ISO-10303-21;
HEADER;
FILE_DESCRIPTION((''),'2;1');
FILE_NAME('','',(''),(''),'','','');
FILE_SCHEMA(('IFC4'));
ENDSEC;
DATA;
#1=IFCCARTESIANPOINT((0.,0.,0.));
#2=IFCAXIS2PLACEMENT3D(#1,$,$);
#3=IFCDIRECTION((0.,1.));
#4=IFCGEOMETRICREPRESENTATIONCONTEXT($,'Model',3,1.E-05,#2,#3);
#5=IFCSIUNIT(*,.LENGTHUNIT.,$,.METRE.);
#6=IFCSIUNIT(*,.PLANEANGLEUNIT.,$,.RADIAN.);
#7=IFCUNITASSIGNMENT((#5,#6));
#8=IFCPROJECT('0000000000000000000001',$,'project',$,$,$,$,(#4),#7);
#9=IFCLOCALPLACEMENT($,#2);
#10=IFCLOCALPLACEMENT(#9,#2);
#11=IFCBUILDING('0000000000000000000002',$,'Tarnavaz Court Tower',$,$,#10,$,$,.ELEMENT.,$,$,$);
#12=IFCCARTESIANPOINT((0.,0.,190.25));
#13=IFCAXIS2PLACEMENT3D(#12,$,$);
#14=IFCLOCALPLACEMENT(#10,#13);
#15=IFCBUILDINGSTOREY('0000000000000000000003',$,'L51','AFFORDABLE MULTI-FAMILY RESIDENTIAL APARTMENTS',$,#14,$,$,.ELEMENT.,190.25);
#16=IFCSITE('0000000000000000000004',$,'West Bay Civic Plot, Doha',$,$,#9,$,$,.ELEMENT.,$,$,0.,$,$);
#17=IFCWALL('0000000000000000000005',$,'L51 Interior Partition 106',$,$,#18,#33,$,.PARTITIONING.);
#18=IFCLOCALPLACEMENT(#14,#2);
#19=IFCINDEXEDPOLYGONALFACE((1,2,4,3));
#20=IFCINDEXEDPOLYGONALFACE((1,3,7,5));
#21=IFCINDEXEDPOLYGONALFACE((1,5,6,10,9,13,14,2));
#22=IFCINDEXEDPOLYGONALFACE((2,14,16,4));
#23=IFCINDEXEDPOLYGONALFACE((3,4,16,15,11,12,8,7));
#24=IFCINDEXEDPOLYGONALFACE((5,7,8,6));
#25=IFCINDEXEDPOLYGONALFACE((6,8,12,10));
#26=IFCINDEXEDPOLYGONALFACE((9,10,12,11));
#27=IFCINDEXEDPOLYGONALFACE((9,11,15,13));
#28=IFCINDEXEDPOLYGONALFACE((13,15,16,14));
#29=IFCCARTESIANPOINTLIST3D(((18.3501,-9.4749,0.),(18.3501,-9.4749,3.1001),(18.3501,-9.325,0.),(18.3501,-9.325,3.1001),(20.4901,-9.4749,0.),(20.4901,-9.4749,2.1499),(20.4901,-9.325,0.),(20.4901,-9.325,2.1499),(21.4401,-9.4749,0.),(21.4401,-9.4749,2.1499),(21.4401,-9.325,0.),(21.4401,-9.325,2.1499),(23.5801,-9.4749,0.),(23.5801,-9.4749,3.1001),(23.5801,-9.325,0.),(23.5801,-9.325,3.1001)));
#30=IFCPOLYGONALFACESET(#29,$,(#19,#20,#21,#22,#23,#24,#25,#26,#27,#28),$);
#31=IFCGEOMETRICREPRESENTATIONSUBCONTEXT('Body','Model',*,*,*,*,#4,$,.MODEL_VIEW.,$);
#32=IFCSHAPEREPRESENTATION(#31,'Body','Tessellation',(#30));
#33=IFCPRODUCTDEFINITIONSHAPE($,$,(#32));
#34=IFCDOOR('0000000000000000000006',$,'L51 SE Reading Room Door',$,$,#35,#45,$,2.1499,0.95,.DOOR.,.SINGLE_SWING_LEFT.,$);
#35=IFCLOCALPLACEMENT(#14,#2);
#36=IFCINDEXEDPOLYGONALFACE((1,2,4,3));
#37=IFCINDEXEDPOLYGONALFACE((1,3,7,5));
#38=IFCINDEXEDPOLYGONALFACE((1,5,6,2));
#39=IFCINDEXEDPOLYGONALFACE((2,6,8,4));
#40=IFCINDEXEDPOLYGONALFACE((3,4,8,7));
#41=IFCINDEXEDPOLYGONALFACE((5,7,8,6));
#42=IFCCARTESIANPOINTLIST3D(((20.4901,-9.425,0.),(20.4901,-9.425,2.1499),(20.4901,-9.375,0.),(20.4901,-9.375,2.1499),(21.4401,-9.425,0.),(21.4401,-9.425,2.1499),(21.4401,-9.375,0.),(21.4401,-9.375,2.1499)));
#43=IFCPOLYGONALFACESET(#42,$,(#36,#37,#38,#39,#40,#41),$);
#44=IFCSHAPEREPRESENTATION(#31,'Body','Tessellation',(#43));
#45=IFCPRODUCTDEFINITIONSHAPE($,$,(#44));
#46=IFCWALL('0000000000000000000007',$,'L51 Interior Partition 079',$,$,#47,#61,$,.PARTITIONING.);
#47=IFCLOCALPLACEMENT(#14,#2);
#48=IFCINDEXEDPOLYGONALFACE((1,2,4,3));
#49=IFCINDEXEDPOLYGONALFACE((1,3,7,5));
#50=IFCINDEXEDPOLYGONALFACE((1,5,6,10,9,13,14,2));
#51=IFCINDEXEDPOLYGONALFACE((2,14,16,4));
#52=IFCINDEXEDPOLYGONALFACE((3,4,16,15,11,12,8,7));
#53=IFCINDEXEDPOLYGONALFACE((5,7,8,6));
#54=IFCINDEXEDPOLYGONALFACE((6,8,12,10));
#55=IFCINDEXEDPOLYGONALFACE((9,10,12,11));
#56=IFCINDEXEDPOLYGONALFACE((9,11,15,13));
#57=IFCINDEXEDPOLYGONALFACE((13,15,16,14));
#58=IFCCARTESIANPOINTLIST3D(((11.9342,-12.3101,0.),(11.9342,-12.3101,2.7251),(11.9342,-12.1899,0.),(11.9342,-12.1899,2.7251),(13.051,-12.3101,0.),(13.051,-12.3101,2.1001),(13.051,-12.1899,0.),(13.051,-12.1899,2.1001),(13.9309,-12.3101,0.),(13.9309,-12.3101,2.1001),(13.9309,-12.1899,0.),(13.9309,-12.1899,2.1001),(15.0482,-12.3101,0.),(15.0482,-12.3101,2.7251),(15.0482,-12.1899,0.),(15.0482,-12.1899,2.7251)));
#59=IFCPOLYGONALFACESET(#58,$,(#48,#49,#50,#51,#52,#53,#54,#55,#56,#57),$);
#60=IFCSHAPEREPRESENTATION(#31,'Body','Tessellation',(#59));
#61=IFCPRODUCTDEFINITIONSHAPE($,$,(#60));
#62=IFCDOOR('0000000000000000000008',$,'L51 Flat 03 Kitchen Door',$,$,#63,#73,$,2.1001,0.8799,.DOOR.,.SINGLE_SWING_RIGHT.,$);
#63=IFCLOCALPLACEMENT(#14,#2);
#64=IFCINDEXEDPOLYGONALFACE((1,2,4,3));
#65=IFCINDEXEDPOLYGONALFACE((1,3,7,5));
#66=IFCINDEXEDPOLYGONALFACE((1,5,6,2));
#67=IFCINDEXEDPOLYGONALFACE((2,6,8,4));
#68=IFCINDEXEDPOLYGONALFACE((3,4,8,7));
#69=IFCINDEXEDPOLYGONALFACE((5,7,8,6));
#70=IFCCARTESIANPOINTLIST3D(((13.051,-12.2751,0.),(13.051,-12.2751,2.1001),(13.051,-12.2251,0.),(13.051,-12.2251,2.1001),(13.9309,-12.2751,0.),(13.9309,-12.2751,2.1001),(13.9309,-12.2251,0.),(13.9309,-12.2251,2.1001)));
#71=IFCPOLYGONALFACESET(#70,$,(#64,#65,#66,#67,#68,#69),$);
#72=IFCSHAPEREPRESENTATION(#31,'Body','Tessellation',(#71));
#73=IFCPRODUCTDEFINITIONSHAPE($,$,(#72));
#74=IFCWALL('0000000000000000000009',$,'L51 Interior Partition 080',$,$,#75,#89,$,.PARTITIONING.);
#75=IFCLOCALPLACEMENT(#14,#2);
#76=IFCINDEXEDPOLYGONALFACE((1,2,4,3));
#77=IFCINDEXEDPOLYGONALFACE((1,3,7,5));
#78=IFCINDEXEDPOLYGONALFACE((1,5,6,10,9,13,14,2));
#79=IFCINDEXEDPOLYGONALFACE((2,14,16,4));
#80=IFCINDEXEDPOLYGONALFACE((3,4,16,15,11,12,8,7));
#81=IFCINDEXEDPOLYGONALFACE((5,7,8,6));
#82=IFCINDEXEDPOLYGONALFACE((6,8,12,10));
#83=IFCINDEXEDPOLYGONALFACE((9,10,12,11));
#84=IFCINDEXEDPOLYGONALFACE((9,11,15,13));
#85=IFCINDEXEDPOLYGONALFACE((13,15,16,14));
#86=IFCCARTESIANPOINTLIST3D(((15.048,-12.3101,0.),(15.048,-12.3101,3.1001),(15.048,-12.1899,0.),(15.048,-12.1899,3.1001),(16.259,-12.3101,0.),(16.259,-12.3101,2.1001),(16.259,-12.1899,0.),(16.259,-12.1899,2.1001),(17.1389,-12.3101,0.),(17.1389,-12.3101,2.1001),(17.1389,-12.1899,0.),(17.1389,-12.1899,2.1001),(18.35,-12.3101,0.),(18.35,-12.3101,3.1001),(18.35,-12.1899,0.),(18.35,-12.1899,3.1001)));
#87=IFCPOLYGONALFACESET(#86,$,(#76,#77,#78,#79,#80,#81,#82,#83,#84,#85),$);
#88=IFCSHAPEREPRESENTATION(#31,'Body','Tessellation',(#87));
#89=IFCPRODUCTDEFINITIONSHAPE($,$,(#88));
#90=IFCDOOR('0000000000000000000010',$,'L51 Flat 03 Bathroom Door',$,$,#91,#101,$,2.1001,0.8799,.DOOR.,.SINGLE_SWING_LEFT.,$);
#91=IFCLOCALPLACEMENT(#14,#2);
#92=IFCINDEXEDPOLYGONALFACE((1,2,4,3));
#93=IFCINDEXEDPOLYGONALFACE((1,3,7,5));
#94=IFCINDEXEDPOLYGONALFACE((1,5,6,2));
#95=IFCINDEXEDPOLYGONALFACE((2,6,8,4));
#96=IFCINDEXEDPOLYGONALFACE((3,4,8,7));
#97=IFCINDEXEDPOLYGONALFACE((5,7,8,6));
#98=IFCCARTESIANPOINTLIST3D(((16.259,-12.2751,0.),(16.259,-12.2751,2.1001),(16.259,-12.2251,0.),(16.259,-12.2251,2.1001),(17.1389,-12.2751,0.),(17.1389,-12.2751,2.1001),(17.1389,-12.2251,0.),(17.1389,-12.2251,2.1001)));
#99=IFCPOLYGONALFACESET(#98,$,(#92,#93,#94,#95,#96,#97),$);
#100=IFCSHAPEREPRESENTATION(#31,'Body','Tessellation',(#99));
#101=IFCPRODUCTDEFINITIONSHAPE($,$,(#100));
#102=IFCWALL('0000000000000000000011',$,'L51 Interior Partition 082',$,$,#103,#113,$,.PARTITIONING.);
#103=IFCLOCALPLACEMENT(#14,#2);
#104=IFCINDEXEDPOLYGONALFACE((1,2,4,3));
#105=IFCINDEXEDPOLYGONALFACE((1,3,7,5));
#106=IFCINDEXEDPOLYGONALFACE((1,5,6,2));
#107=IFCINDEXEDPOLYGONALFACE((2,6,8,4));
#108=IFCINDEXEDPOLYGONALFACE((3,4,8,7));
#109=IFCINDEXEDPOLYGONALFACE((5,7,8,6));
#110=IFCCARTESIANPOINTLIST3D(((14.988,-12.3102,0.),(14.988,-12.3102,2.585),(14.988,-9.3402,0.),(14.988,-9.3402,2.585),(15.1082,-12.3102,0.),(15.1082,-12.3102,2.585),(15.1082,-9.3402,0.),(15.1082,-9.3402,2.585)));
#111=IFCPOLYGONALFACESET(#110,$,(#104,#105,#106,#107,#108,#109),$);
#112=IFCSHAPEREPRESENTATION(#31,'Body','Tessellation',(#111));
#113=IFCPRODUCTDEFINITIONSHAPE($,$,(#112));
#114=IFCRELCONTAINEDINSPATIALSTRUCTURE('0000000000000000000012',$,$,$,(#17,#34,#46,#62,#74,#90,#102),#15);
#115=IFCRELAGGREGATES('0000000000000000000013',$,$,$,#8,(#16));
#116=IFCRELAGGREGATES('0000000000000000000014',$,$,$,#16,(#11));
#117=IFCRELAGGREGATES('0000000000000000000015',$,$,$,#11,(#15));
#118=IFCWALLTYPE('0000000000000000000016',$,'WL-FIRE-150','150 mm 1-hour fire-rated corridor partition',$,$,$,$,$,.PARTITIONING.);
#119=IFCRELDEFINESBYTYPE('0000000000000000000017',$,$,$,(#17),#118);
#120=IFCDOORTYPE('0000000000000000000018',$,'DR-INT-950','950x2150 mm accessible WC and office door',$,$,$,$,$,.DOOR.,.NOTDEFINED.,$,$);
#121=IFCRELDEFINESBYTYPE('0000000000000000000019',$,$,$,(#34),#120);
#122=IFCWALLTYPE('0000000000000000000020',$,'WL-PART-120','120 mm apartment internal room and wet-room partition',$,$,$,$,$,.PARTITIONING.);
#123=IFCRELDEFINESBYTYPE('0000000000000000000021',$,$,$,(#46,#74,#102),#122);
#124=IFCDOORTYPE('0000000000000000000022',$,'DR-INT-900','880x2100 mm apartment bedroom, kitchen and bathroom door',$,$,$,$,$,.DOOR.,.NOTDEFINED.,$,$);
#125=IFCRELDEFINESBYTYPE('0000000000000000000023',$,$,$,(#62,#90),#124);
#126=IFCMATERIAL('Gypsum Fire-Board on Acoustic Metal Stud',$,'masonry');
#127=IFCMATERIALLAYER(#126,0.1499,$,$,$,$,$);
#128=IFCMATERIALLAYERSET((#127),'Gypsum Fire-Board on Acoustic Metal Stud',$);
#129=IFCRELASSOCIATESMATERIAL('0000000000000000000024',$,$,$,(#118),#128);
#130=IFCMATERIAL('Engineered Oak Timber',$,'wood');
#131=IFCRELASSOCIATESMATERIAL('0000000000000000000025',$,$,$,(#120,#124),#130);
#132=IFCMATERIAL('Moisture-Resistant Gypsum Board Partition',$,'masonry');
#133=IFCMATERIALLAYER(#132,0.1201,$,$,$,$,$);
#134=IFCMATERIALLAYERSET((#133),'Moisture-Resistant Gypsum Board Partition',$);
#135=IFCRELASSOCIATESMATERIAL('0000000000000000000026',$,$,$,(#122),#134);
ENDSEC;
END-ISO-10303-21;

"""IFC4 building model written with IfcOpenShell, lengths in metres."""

from ifc_helpers import new_model, si_unit, direction, frame, frame_2d, origin, place, context, subcontext, project, spatial, rectangle, extrude, material, layer, layer_set, type_object, element, fill, save


model = new_model("IFC4")

# Units and contexts
model_context = context("Model", 3, precision=1e-05, world=origin(), true_north=direction((0.0, 1.0)))
body_context = subcontext(model_context, "Body", "Model", "MODEL_VIEW")
ifc_project = project(units=[si_unit("LENGTHUNIT", "METRE"), si_unit("PLANEANGLEUNIT", "RADIAN")], contexts=[model_context])

# Site, building, storey
site_placement = place(None, origin())
site = spatial("IfcSite", under=ifc_project, at=site_placement, Name="West Bay Civic Plot, Doha", CompositionType="ELEMENT", RefElevation=0.0)
building_placement = place(site_placement, origin())
building = spatial("IfcBuilding", under=site, at=building_placement, Name="Tarnavaz Court Tower", CompositionType="ELEMENT")
storey_placement = place(building_placement, frame((0.0, 0.0, 190.25)))
storey = spatial("IfcBuildingStorey", under=building, at=storey_placement, Name="L51", Description="AFFORDABLE MULTI-FAMILY RESIDENTIAL APARTMENTS", CompositionType="ELEMENT", Elevation=190.25)

# Walls, openings, doors
ifc_material_1 = material(Name="Gypsum Fire-Board on Acoustic Metal Stud", Category="masonry")
ifc_layer_1 = layer(ifc_material_1, 0.1499)
ifc_layer_set_1 = layer_set([ifc_layer_1], Name="Gypsum Fire-Board on Acoustic Metal Stud")
wall_type_1 = type_object("IfcWallType", Name="WL-FIRE-150", Description="150 mm 1-hour fire-rated corridor partition", PredefinedType="PARTITIONING", material=ifc_layer_set_1)
ifc_material_2 = material(Name="Engineered Oak Timber", Category="wood")
wall_1_placement = place(storey_placement, frame((18.3501, -9.3999, 0.0), z_axis=(0.0, 0.0, 1.0), x_axis=(1.0, 0.0, 0.0)))
wall_1 = element("IfcWall", 1, at=wall_1_placement, inside=storey, type_object=wall_type_1, Name="L51 Interior Partition 106", PredefinedType="PARTITIONING", context=body_context, shape_type="SweptSolid", body=[
    extrude(rectangle(XDim=5.23, YDim=0.1499, at=frame_2d((2.615, 0.0))), origin(), (0.0, 0.0, 1.0), 3.1001),
])
opening_1_placement = place(wall_1_placement, frame((2.1399, 0.0, 0.0)))
opening_1 = element("IfcOpeningElement", 2, at=opening_1_placement, cuts=wall_1, PredefinedType="OPENING", context=body_context, shape_type="SweptSolid", body=[
    extrude(rectangle(XDim=0.95, YDim=2.1499, at=frame_2d((0.4751, 1.075))), frame((0.0, 0.085, 0.0), z_axis=(0.0, -1.0, 0.0), x_axis=(1.0, 0.0, 0.0)), (0.0, 0.0, 1.0), 0.1699),
])
door_type_1 = type_object("IfcDoorType", Name="DR-INT-950", Description="950x2150 mm accessible WC and office door", OperationType="NOTDEFINED", PredefinedType="DOOR", material=ifc_material_2)
door_1_placement = place(opening_1_placement, origin())
door_1 = element("IfcDoor", 3, at=door_1_placement, inside=storey, type_object=door_type_1, Name="L51 SE Reading Room Door", OperationType="SINGLE_SWING_LEFT", OverallHeight=2.1499, OverallWidth=0.95, PredefinedType="DOOR", context=body_context, shape_type="SweptSolid", body=[
    extrude(rectangle(XDim=0.95, YDim=2.1499, at=frame_2d((0.4751, 1.075))), frame((0.0, 0.0249, 0.0), z_axis=(0.0, -1.0, 0.0), x_axis=(1.0, 0.0, 0.0)), (0.0, 0.0, 1.0), 0.05),
])
fill(opening_1, door_1)
ifc_material_3 = material(Name="Moisture-Resistant Gypsum Board Partition", Category="masonry")
ifc_layer_2 = layer(ifc_material_3, 0.1201)
ifc_layer_set_2 = layer_set([ifc_layer_2], Name="Moisture-Resistant Gypsum Board Partition")
wall_type_2 = type_object("IfcWallType", Name="WL-PART-120", Description="120 mm apartment internal room and wet-room partition", PredefinedType="PARTITIONING", material=ifc_layer_set_2)
wall_2_placement = place(storey_placement, frame((11.9341, -12.25, 0.0), z_axis=(0.0, 0.0, 1.0), x_axis=(1.0, 0.0, 0.0)))
wall_2 = element("IfcWall", 4, at=wall_2_placement, inside=storey, type_object=wall_type_2, Name="L51 Interior Partition 079", PredefinedType="PARTITIONING", context=body_context, shape_type="SweptSolid", body=[
    extrude(rectangle(XDim=3.114, YDim=0.1201, at=frame_2d((1.5571, 0.0))), origin(), (0.0, 0.0, 1.0), 2.7251),
])
opening_2_placement = place(wall_2_placement, frame((1.1169, 0.0, 0.0)))
opening_2 = element("IfcOpeningElement", 5, at=opening_2_placement, cuts=wall_2, PredefinedType="OPENING", context=body_context, shape_type="SweptSolid", body=[
    extrude(rectangle(XDim=0.8799, YDim=2.1001, at=frame_2d((0.4399, 1.05))), frame((0.0, 0.0701, 0.0), z_axis=(0.0, -1.0, 0.0), x_axis=(1.0, 0.0, 0.0)), (0.0, 0.0, 1.0), 0.1401),
])
door_type_2 = type_object("IfcDoorType", Name="DR-INT-900", Description="880x2100 mm apartment bedroom, kitchen and bathroom door", OperationType="NOTDEFINED", PredefinedType="DOOR", material=ifc_material_2)
door_2_placement = place(opening_2_placement, origin())
door_2 = element("IfcDoor", 6, at=door_2_placement, inside=storey, type_object=door_type_2, Name="L51 Flat 03 Kitchen Door", OperationType="SINGLE_SWING_RIGHT", OverallHeight=2.1001, OverallWidth=0.8799, PredefinedType="DOOR", context=body_context, shape_type="SweptSolid", body=[
    extrude(rectangle(XDim=0.8799, YDim=2.1001, at=frame_2d((0.4399, 1.05))), frame((0.0, 0.0249, 0.0), z_axis=(0.0, -1.0, 0.0), x_axis=(1.0, 0.0, 0.0)), (0.0, 0.0, 1.0), 0.05),
])
fill(opening_2, door_2)
wall_3_placement = place(storey_placement, frame((15.0481, -12.25, 0.0), z_axis=(0.0, 0.0, 1.0), x_axis=(1.0, 0.0, 0.0)))
wall_3 = element("IfcWall", 7, at=wall_3_placement, inside=storey, type_object=wall_type_2, Name="L51 Interior Partition 080", PredefinedType="PARTITIONING", context=body_context, shape_type="SweptSolid", body=[
    extrude(rectangle(XDim=3.302, YDim=0.1201, at=frame_2d((1.6509, 0.0))), origin(), (0.0, 0.0, 1.0), 3.1001),
])
opening_3_placement = place(wall_3_placement, frame((1.2109, 0.0, 0.0)))
opening_3 = element("IfcOpeningElement", 8, at=opening_3_placement, cuts=wall_3, PredefinedType="OPENING", context=body_context, shape_type="SweptSolid", body=[
    extrude(rectangle(XDim=0.8799, YDim=2.1001, at=frame_2d((0.4399, 1.05))), frame((0.0, 0.0701, 0.0), z_axis=(0.0, -1.0, 0.0), x_axis=(1.0, 0.0, 0.0)), (0.0, 0.0, 1.0), 0.1401),
])
door_3_placement = place(opening_3_placement, origin())
door_3 = element("IfcDoor", 9, at=door_3_placement, inside=storey, type_object=door_type_2, Name="L51 Flat 03 Bathroom Door", OperationType="SINGLE_SWING_LEFT", OverallHeight=2.1001, OverallWidth=0.8799, PredefinedType="DOOR", context=body_context, shape_type="SweptSolid", body=[
    extrude(rectangle(XDim=0.8799, YDim=2.1001, at=frame_2d((0.4399, 1.05))), frame((0.0, 0.0249, 0.0), z_axis=(0.0, -1.0, 0.0), x_axis=(1.0, 0.0, 0.0)), (0.0, 0.0, 1.0), 0.05),
])
fill(opening_3, door_3)

# Wall
wall_4_placement = place(storey_placement, frame((15.0481, -12.3101, 0.0), z_axis=(0.0, 0.0, 1.0), x_axis=(0.0, 1.0, 0.0)))
element("IfcWall", 10, at=wall_4_placement, inside=storey, type_object=wall_type_2, Name="L51 Interior Partition 082", PredefinedType="PARTITIONING", context=body_context, shape_type="SweptSolid", body=[
    extrude(rectangle(XDim=2.97, YDim=0.1201, at=frame_2d((1.4849, 0.0))), origin(), (0.0, 0.0, 1.0), 2.585),
])

save(model, "model.ifc")
